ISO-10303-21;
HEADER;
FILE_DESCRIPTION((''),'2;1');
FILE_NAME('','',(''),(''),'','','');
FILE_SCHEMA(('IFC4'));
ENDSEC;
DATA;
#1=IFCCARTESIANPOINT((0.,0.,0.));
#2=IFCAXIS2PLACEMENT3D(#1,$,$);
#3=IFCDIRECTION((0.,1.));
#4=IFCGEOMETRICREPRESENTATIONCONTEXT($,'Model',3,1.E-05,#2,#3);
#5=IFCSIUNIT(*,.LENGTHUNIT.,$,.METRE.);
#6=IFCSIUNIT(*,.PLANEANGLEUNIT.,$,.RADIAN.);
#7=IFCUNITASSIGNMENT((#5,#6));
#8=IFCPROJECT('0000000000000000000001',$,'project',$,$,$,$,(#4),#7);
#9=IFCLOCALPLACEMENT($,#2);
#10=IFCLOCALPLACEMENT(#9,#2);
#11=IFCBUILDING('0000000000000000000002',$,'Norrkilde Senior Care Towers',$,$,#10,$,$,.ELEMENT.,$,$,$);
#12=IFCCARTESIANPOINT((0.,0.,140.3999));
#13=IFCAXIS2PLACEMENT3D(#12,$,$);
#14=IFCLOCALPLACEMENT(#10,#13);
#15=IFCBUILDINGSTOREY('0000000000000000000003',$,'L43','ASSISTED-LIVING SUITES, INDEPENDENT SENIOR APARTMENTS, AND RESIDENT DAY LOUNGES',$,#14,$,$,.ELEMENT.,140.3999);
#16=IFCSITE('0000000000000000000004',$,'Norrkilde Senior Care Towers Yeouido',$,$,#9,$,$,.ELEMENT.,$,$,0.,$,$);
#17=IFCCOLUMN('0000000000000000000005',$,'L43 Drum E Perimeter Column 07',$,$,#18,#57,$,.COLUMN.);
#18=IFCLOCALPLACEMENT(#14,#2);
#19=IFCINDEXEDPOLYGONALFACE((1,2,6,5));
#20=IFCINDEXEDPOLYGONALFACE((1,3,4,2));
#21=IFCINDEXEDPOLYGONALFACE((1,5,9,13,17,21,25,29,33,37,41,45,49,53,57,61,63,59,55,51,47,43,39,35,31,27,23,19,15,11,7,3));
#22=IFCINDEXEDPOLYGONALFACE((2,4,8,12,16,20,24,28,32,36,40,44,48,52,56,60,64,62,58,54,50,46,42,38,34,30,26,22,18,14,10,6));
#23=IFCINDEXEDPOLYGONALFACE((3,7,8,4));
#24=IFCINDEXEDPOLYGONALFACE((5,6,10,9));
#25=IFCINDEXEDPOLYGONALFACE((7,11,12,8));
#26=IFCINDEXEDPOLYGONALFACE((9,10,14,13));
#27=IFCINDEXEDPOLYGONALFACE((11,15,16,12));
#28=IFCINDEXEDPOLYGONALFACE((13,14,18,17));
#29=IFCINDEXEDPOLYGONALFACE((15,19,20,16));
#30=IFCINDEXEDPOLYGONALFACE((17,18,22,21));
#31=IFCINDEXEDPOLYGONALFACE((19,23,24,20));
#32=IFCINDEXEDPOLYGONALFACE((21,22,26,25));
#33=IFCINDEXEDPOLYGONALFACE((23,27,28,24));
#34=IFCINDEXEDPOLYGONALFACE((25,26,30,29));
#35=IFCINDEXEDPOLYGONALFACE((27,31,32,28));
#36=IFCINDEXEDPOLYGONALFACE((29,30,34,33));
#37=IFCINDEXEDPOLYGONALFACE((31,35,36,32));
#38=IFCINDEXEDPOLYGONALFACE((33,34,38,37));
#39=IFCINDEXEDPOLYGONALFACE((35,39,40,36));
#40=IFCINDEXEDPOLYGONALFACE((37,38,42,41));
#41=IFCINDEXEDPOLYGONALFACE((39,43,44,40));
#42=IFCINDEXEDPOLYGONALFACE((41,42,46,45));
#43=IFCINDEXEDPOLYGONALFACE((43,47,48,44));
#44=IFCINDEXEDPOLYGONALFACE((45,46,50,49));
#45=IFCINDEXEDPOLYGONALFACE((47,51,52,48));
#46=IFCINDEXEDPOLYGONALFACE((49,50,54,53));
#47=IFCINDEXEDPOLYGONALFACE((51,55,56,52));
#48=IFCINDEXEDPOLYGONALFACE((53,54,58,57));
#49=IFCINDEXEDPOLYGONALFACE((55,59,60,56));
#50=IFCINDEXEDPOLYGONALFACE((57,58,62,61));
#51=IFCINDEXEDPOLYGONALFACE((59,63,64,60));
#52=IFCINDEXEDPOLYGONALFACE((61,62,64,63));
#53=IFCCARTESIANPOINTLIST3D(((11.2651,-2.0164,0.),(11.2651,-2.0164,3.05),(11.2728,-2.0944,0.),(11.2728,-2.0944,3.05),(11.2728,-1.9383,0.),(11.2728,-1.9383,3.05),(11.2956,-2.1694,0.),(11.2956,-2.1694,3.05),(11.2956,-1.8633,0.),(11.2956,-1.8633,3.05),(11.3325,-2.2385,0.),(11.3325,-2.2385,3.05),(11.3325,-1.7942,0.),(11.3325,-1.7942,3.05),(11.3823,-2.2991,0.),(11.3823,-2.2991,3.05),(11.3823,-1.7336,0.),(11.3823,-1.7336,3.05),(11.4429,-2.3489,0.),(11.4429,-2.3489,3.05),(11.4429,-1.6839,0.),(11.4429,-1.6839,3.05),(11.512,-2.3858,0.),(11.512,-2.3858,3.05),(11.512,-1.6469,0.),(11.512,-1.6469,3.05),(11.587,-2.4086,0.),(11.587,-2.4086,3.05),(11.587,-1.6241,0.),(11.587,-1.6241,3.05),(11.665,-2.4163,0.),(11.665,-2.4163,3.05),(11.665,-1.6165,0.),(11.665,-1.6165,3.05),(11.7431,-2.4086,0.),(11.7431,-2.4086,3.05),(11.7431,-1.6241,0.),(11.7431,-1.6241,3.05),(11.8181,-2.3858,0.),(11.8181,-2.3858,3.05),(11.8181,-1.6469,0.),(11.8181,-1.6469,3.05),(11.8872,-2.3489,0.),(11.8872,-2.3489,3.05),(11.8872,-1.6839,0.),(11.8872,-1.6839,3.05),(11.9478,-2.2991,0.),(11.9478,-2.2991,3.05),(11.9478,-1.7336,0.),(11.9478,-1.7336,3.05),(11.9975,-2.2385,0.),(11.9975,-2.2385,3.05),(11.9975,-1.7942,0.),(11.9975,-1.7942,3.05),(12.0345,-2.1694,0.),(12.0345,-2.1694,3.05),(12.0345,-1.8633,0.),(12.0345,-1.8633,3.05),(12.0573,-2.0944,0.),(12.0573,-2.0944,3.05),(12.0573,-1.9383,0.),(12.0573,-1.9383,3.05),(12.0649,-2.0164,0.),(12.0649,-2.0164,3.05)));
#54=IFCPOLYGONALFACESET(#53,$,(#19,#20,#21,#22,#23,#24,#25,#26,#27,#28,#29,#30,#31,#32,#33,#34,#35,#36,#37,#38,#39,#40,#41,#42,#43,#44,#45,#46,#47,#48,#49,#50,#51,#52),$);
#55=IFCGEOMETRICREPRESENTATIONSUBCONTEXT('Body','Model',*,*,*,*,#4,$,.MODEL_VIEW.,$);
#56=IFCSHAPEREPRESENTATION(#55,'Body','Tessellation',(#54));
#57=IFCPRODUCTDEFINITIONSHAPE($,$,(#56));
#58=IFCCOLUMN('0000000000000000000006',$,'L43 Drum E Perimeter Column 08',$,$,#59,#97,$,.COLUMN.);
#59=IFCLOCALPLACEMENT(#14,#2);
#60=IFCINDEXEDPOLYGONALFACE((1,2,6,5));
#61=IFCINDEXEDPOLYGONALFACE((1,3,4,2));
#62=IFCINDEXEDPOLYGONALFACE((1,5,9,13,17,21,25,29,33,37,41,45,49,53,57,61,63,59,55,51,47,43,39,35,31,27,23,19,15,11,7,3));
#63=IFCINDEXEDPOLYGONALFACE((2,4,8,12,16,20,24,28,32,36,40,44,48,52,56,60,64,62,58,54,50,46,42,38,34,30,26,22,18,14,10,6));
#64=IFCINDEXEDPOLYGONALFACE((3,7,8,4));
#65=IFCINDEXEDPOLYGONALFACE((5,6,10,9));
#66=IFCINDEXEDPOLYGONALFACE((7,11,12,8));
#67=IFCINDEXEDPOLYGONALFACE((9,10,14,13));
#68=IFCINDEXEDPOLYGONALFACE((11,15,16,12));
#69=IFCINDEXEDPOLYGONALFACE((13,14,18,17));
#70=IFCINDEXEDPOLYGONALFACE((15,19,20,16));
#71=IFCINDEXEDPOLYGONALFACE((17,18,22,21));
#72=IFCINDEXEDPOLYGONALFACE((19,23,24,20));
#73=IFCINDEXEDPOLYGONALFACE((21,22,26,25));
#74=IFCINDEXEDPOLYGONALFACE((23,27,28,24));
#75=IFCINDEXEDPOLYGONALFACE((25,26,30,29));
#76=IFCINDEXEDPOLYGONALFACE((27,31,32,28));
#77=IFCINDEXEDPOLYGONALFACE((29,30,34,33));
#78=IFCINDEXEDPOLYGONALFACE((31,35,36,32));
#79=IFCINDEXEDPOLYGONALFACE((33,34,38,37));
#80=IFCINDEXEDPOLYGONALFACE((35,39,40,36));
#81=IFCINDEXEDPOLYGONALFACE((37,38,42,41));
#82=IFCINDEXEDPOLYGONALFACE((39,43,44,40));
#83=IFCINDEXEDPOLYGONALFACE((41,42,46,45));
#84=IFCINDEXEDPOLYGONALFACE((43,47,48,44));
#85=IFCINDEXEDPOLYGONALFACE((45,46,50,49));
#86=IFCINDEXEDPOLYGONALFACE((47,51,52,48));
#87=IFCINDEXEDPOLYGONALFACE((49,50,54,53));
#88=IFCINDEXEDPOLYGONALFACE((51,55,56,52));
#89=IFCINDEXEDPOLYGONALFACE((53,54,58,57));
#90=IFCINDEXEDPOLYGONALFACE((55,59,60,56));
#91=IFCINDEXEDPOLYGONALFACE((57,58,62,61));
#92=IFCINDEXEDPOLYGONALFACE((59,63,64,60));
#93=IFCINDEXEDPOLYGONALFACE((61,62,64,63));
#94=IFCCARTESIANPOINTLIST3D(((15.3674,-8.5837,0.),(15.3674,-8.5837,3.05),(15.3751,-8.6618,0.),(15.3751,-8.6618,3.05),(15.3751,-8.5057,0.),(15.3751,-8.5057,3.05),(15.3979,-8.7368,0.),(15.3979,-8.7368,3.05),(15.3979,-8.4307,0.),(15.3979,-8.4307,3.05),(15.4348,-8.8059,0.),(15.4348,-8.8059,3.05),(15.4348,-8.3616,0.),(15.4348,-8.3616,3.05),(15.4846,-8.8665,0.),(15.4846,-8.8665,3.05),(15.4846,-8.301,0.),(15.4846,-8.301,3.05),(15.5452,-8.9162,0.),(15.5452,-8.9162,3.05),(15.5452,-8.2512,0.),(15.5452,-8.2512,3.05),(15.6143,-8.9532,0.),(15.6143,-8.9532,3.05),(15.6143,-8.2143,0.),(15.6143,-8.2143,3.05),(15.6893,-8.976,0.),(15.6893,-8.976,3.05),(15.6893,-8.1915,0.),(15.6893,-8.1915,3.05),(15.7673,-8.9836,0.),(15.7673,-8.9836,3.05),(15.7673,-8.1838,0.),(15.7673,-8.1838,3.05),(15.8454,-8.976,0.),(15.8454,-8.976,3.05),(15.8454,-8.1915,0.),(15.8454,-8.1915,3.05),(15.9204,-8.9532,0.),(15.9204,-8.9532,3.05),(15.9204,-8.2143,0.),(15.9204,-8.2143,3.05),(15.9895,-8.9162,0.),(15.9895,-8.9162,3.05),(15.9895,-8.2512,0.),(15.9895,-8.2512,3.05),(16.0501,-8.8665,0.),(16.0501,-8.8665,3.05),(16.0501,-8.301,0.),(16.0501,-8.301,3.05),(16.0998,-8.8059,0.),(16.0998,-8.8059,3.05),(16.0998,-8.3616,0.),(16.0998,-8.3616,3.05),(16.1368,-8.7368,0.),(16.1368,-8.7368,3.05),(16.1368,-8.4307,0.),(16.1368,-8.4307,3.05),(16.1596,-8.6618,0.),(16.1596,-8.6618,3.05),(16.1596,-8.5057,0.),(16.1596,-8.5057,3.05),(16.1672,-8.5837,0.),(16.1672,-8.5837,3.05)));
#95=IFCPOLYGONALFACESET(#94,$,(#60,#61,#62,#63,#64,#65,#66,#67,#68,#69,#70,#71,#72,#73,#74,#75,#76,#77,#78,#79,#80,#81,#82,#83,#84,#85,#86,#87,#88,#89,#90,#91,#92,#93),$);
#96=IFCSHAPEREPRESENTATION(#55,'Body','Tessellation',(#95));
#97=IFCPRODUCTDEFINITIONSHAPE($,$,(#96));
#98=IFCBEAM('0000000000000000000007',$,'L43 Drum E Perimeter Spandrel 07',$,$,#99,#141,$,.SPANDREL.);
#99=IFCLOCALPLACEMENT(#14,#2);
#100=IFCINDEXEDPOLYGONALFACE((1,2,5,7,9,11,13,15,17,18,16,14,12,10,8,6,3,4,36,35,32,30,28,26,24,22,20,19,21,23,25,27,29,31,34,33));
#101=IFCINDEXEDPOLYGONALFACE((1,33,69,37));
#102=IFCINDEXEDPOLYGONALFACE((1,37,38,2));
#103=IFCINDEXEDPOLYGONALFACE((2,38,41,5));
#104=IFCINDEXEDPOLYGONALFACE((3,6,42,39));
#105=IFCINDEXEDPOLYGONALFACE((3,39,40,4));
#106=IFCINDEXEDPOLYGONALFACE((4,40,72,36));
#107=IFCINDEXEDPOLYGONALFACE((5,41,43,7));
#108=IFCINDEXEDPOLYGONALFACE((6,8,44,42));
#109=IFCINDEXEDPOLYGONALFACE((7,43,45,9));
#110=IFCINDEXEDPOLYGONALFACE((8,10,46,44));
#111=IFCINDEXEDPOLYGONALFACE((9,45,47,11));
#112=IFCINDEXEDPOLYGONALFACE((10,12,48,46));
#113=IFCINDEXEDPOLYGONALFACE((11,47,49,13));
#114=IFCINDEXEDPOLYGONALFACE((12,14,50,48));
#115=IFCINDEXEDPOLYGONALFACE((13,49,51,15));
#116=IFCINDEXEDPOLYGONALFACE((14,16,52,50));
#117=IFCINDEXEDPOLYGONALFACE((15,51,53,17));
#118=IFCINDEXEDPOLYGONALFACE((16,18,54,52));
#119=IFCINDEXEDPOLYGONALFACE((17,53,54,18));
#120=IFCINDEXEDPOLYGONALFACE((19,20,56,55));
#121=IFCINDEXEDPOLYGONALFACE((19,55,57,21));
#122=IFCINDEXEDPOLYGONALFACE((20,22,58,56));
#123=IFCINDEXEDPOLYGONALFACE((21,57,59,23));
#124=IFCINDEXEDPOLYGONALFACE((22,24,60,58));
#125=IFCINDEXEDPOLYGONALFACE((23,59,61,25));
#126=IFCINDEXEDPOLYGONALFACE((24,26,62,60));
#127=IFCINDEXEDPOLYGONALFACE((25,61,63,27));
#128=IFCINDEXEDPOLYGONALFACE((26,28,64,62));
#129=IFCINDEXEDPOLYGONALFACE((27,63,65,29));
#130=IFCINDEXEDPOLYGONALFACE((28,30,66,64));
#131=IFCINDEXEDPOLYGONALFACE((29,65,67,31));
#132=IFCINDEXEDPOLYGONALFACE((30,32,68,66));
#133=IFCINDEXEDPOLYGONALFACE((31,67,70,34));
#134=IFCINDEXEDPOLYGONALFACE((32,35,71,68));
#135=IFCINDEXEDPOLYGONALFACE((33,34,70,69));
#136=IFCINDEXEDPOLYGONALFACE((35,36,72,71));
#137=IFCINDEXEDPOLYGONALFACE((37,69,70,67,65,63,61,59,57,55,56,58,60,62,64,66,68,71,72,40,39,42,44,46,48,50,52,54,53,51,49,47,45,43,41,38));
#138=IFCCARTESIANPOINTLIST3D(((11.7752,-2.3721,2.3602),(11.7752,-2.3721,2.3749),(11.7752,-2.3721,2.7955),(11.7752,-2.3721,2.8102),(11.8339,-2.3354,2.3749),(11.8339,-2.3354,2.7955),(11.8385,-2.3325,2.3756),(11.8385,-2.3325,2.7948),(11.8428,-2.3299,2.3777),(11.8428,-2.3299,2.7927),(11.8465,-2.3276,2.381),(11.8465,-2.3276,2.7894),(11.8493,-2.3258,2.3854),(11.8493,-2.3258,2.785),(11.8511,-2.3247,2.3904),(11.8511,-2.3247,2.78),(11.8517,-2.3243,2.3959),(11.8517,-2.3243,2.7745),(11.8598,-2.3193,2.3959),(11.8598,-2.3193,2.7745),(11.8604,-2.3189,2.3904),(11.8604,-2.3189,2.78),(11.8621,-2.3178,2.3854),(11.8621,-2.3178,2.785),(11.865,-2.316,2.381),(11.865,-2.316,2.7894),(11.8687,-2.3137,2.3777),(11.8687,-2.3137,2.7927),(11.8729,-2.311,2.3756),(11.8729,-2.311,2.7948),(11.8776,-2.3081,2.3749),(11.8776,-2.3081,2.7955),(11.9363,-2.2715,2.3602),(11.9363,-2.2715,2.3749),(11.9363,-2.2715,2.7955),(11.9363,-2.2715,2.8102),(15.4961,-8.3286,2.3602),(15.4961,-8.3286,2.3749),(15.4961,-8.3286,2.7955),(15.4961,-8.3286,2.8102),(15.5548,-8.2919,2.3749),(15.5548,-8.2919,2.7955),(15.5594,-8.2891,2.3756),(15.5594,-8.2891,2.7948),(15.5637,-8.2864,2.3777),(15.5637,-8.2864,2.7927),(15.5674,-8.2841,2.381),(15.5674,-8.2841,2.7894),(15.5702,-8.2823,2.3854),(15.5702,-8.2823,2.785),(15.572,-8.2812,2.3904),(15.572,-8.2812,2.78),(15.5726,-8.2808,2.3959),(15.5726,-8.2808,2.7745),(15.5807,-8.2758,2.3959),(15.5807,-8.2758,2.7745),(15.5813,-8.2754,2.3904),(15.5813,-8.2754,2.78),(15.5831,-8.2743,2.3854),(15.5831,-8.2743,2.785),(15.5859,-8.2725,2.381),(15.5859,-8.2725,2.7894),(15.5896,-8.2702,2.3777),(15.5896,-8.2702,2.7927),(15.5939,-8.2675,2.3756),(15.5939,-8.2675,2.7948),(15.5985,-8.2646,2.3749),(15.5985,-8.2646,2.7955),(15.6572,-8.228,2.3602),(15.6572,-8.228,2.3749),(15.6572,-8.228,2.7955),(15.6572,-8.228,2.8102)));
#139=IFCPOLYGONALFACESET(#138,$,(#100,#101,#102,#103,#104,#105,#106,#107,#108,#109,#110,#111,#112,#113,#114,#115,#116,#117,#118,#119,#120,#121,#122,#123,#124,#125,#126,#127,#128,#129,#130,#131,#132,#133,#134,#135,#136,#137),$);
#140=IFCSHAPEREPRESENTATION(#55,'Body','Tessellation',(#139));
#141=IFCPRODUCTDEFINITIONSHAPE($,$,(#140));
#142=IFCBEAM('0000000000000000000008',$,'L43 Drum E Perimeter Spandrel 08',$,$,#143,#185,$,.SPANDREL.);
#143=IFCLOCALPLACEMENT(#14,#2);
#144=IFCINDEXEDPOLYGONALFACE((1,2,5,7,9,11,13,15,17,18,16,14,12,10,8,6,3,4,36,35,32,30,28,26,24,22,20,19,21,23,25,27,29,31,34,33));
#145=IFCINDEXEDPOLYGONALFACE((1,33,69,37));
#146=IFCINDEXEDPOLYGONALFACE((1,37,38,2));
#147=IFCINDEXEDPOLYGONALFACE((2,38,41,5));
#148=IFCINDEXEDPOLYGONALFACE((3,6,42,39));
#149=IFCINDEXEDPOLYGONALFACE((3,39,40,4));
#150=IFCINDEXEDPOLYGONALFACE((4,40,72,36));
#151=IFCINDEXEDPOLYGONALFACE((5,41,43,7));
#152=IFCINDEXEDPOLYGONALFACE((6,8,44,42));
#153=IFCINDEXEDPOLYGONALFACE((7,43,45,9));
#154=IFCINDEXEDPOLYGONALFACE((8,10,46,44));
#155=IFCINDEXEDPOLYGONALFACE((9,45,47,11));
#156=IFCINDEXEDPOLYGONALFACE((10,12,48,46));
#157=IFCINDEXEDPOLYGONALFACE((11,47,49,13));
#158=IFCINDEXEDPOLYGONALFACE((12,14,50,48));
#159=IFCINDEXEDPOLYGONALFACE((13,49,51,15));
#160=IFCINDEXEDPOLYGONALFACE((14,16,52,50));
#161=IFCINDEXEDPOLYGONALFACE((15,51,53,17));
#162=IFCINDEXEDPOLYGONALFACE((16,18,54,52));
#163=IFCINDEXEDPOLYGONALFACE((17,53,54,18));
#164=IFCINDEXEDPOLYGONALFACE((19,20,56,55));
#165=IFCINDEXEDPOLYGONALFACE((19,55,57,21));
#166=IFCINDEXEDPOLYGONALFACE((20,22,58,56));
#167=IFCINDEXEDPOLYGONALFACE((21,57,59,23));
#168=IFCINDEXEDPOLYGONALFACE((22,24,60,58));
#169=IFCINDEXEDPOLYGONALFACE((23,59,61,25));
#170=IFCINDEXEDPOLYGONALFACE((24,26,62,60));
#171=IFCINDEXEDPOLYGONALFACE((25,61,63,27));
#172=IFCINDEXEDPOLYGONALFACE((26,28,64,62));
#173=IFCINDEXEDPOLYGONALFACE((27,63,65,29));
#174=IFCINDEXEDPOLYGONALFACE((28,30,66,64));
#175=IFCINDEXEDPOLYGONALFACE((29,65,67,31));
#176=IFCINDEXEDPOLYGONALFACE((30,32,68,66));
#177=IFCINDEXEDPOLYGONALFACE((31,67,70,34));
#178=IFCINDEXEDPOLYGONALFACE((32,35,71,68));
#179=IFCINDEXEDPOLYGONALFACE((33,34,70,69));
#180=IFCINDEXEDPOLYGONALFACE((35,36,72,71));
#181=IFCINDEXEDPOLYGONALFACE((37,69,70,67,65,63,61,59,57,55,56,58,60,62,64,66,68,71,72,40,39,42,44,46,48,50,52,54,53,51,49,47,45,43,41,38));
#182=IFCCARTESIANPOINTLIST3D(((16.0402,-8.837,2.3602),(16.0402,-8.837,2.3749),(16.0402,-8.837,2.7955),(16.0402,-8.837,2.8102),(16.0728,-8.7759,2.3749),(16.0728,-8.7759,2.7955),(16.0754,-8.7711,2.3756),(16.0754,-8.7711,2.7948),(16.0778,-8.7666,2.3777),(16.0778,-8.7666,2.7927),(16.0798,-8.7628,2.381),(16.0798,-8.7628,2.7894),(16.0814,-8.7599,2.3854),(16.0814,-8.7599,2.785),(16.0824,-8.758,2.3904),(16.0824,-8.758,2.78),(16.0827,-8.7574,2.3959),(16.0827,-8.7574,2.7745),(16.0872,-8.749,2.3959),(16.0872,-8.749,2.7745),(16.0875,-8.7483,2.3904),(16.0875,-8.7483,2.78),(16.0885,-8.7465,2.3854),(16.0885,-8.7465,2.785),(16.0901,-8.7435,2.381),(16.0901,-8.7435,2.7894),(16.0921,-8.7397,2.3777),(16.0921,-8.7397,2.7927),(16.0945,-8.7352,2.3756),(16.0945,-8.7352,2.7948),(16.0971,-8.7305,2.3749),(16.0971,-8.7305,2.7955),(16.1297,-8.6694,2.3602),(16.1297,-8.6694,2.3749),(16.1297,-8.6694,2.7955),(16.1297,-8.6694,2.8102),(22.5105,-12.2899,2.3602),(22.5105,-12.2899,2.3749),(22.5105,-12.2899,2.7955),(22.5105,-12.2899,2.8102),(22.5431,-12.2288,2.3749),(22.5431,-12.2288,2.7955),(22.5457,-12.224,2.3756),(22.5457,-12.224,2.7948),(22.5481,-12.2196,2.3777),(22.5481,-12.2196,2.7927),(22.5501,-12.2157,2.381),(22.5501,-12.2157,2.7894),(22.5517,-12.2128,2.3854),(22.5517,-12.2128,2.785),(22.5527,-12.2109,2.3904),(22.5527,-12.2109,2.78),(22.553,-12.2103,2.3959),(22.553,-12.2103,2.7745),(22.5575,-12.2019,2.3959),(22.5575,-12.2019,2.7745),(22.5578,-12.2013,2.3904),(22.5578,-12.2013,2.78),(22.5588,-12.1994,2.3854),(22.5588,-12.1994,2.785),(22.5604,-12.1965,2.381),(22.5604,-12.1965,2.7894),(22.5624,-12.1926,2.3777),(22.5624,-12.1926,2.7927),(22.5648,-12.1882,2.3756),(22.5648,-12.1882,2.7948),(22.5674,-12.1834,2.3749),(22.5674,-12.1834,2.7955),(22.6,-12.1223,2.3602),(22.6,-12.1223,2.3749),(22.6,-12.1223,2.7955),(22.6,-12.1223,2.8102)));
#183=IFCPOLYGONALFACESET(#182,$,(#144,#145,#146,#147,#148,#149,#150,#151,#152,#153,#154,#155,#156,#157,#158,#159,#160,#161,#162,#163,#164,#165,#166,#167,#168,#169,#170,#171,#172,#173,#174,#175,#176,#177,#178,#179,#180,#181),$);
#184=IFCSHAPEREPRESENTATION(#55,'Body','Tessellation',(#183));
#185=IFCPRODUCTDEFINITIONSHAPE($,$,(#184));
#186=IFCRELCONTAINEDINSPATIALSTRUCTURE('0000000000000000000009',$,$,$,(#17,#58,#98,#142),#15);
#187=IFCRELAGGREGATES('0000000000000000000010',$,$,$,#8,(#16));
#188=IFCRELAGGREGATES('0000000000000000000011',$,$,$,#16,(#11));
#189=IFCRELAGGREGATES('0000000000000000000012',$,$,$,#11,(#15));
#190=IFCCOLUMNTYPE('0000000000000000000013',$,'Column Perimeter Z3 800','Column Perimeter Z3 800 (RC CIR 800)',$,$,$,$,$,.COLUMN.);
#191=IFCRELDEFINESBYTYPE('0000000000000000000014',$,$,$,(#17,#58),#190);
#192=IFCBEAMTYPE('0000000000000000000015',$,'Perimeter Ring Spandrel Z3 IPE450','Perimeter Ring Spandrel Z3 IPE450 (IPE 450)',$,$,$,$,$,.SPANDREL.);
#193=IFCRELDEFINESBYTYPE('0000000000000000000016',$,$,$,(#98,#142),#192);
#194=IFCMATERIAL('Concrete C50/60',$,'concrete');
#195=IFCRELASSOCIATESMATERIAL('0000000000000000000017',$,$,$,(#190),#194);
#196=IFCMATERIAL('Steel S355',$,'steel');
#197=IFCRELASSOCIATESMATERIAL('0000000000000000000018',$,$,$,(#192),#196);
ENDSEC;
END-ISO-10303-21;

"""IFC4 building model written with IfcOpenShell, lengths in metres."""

from ifc_helpers import new_model, si_unit, direction, frame, origin, origin_2d, place, context, subcontext, project, spatial, circle, i_section, extrude, source, transform, mapped, material, material_profile, profile_set, type_object, type_shapes, element, save


model = new_model("IFC4")

# Units and contexts
model_context = context("Model", 3, precision=1e-05, world=origin(), true_north=direction((0.0, 1.0)))
body_context = subcontext(model_context, "Body", "Model", "MODEL_VIEW")
ifc_project = project(units=[si_unit("LENGTHUNIT", "METRE"), si_unit("PLANEANGLEUNIT", "RADIAN")], contexts=[model_context])

# Site, building, storey
site_placement = place(None, origin())
site = spatial("IfcSite", under=ifc_project, at=site_placement, Name="Norrkilde Senior Care Towers Yeouido", CompositionType="ELEMENT", RefElevation=0.0)
building_placement = place(site_placement, origin())
building = spatial("IfcBuilding", under=site, at=building_placement, Name="Norrkilde Senior Care Towers", CompositionType="ELEMENT")
storey_placement = place(building_placement, frame((0.0, 0.0, 140.3999)))
storey = spatial("IfcBuildingStorey", under=building, at=storey_placement, Name="L43", Description="ASSISTED-LIVING SUITES, INDEPENDENT SENIOR APARTMENTS, AND RESIDENT DAY LOUNGES", CompositionType="ELEMENT", Elevation=140.3999)

# Columns
ifc_material_1 = material(Name="Concrete C50/60", Category="concrete")
ifc_material_profile_1 = material_profile(ifc_material_1, circle(Radius=0.3999, at=origin_2d()), Name="RC CIR 800")
ifc_profile_set_1 = profile_set([ifc_material_profile_1], Name="Concrete C50/60")
column_type = type_object("IfcColumnType", Name="Column Perimeter Z3 800", Description="Column Perimeter Z3 800 (RC CIR 800)", PredefinedType="COLUMN", material=ifc_profile_set_1)
shared_shape_1 = source(origin(), body_context, "Body", "SweptSolid", [
    extrude(circle(Radius=0.3999, at=origin_2d()), origin(), (0.0, 0.0, 1.0), 3.05),
])
type_shapes(column_type, [shared_shape_1])
for number, where, z_axis, x_axis, name in (
    (1, (11.665, -2.0164, 0.0), (0.0, 0.0, 1.0), (1.0, 0.0, 0.0), "L43 Drum E Perimeter Column 07"),
    (2, (15.7673, -8.5837, 0.0), (0.0, 0.0, 1.0), (1.0, 0.0, 0.0), "L43 Drum E Perimeter Column 08"),
):
    element("IfcColumn", number, at=place(storey_placement, frame(where, z_axis=z_axis, x_axis=x_axis)), inside=storey, type_object=column_type, Name=name, PredefinedType="COLUMN", context=body_context, shape_type="MappedRepresentation", body=[
        mapped(shared_shape_1, transform((0.0, 0.0, 0.0), x_axis=(1.0, 0.0, 0.0), y_axis=(0.0, 1.0, 0.0), z_axis=(0.0, 0.0, 1.0), scale=1.0)),
    ])

# Beams
ifc_material_2 = material(Name="Steel S355", Category="steel")
ifc_material_profile_2 = material_profile(ifc_material_2, i_section(OverallWidth=0.1899, OverallDepth=0.45, WebThickness=0.0095, FlangeThickness=0.0146, FilletRadius=0.021, at=origin_2d()), Name="IPE 450")
ifc_profile_set_2 = profile_set([ifc_material_profile_2], Name="Steel S355")
beam_type_1 = type_object("IfcBeamType", Name="Perimeter Ring Spandrel Z3 IPE450", Description="Perimeter Ring Spandrel Z3 IPE450 (IPE 450)", PredefinedType="SPANDREL", material=ifc_profile_set_2)
shared_shape_2 = source(origin(), body_context, "Body", "SweptSolid", [
    extrude(i_section(OverallWidth=0.1899, OverallDepth=0.45, WebThickness=0.0095, FlangeThickness=0.0146, FilletRadius=0.021, at=origin_2d()), origin(), (0.0, 0.0, 1.0), 7.0232),
])
beam_1_placement = place(storey_placement, frame((11.8557, -2.3218, 2.5852), z_axis=(0.529805, -0.848119, 0.0), x_axis=(0.848119, 0.529805, 0.0)))
element("IfcBeam", 3, at=beam_1_placement, inside=storey, type_object=beam_type_1, Name="L43 Drum E Perimeter Spandrel 07", PredefinedType="SPANDREL", context=body_context, shape_type="MappedRepresentation", body=[
    mapped(shared_shape_2, transform((0.0, 0.0, 0.0), x_axis=(1.0, 0.0, 0.0), y_axis=(0.0, 1.0, 0.0), z_axis=(0.0, 0.0, 1.0), scale=1.0)),
])
shared_shape_3 = source(origin(), body_context, "Body", "SweptSolid", [
    extrude(i_section(OverallWidth=0.1899, OverallDepth=0.45, WebThickness=0.0095, FlangeThickness=0.0146, FilletRadius=0.021, at=origin_2d()), origin(), (0.0, 0.0, 1.0), 7.334),
])
type_shapes(beam_type_1, [shared_shape_2, shared_shape_3])
beam_2_placement = place(storey_placement, frame((16.085, -8.7532, 2.5852), z_axis=(0.882234, -0.470811, 0.0), x_axis=(0.470811, 0.882234, 0.0)))
element("IfcBeam", 4, at=beam_2_placement, inside=storey, type_object=beam_type_1, Name="L43 Drum E Perimeter Spandrel 08", PredefinedType="SPANDREL", context=body_context, shape_type="MappedRepresentation", body=[
    mapped(shared_shape_3, transform((0.0, 0.0, 0.0), x_axis=(1.0, 0.0, 0.0), y_axis=(0.0, 1.0, 0.0), z_axis=(0.0, 0.0, 1.0), scale=1.0)),
])

save(model, "model.ifc")
